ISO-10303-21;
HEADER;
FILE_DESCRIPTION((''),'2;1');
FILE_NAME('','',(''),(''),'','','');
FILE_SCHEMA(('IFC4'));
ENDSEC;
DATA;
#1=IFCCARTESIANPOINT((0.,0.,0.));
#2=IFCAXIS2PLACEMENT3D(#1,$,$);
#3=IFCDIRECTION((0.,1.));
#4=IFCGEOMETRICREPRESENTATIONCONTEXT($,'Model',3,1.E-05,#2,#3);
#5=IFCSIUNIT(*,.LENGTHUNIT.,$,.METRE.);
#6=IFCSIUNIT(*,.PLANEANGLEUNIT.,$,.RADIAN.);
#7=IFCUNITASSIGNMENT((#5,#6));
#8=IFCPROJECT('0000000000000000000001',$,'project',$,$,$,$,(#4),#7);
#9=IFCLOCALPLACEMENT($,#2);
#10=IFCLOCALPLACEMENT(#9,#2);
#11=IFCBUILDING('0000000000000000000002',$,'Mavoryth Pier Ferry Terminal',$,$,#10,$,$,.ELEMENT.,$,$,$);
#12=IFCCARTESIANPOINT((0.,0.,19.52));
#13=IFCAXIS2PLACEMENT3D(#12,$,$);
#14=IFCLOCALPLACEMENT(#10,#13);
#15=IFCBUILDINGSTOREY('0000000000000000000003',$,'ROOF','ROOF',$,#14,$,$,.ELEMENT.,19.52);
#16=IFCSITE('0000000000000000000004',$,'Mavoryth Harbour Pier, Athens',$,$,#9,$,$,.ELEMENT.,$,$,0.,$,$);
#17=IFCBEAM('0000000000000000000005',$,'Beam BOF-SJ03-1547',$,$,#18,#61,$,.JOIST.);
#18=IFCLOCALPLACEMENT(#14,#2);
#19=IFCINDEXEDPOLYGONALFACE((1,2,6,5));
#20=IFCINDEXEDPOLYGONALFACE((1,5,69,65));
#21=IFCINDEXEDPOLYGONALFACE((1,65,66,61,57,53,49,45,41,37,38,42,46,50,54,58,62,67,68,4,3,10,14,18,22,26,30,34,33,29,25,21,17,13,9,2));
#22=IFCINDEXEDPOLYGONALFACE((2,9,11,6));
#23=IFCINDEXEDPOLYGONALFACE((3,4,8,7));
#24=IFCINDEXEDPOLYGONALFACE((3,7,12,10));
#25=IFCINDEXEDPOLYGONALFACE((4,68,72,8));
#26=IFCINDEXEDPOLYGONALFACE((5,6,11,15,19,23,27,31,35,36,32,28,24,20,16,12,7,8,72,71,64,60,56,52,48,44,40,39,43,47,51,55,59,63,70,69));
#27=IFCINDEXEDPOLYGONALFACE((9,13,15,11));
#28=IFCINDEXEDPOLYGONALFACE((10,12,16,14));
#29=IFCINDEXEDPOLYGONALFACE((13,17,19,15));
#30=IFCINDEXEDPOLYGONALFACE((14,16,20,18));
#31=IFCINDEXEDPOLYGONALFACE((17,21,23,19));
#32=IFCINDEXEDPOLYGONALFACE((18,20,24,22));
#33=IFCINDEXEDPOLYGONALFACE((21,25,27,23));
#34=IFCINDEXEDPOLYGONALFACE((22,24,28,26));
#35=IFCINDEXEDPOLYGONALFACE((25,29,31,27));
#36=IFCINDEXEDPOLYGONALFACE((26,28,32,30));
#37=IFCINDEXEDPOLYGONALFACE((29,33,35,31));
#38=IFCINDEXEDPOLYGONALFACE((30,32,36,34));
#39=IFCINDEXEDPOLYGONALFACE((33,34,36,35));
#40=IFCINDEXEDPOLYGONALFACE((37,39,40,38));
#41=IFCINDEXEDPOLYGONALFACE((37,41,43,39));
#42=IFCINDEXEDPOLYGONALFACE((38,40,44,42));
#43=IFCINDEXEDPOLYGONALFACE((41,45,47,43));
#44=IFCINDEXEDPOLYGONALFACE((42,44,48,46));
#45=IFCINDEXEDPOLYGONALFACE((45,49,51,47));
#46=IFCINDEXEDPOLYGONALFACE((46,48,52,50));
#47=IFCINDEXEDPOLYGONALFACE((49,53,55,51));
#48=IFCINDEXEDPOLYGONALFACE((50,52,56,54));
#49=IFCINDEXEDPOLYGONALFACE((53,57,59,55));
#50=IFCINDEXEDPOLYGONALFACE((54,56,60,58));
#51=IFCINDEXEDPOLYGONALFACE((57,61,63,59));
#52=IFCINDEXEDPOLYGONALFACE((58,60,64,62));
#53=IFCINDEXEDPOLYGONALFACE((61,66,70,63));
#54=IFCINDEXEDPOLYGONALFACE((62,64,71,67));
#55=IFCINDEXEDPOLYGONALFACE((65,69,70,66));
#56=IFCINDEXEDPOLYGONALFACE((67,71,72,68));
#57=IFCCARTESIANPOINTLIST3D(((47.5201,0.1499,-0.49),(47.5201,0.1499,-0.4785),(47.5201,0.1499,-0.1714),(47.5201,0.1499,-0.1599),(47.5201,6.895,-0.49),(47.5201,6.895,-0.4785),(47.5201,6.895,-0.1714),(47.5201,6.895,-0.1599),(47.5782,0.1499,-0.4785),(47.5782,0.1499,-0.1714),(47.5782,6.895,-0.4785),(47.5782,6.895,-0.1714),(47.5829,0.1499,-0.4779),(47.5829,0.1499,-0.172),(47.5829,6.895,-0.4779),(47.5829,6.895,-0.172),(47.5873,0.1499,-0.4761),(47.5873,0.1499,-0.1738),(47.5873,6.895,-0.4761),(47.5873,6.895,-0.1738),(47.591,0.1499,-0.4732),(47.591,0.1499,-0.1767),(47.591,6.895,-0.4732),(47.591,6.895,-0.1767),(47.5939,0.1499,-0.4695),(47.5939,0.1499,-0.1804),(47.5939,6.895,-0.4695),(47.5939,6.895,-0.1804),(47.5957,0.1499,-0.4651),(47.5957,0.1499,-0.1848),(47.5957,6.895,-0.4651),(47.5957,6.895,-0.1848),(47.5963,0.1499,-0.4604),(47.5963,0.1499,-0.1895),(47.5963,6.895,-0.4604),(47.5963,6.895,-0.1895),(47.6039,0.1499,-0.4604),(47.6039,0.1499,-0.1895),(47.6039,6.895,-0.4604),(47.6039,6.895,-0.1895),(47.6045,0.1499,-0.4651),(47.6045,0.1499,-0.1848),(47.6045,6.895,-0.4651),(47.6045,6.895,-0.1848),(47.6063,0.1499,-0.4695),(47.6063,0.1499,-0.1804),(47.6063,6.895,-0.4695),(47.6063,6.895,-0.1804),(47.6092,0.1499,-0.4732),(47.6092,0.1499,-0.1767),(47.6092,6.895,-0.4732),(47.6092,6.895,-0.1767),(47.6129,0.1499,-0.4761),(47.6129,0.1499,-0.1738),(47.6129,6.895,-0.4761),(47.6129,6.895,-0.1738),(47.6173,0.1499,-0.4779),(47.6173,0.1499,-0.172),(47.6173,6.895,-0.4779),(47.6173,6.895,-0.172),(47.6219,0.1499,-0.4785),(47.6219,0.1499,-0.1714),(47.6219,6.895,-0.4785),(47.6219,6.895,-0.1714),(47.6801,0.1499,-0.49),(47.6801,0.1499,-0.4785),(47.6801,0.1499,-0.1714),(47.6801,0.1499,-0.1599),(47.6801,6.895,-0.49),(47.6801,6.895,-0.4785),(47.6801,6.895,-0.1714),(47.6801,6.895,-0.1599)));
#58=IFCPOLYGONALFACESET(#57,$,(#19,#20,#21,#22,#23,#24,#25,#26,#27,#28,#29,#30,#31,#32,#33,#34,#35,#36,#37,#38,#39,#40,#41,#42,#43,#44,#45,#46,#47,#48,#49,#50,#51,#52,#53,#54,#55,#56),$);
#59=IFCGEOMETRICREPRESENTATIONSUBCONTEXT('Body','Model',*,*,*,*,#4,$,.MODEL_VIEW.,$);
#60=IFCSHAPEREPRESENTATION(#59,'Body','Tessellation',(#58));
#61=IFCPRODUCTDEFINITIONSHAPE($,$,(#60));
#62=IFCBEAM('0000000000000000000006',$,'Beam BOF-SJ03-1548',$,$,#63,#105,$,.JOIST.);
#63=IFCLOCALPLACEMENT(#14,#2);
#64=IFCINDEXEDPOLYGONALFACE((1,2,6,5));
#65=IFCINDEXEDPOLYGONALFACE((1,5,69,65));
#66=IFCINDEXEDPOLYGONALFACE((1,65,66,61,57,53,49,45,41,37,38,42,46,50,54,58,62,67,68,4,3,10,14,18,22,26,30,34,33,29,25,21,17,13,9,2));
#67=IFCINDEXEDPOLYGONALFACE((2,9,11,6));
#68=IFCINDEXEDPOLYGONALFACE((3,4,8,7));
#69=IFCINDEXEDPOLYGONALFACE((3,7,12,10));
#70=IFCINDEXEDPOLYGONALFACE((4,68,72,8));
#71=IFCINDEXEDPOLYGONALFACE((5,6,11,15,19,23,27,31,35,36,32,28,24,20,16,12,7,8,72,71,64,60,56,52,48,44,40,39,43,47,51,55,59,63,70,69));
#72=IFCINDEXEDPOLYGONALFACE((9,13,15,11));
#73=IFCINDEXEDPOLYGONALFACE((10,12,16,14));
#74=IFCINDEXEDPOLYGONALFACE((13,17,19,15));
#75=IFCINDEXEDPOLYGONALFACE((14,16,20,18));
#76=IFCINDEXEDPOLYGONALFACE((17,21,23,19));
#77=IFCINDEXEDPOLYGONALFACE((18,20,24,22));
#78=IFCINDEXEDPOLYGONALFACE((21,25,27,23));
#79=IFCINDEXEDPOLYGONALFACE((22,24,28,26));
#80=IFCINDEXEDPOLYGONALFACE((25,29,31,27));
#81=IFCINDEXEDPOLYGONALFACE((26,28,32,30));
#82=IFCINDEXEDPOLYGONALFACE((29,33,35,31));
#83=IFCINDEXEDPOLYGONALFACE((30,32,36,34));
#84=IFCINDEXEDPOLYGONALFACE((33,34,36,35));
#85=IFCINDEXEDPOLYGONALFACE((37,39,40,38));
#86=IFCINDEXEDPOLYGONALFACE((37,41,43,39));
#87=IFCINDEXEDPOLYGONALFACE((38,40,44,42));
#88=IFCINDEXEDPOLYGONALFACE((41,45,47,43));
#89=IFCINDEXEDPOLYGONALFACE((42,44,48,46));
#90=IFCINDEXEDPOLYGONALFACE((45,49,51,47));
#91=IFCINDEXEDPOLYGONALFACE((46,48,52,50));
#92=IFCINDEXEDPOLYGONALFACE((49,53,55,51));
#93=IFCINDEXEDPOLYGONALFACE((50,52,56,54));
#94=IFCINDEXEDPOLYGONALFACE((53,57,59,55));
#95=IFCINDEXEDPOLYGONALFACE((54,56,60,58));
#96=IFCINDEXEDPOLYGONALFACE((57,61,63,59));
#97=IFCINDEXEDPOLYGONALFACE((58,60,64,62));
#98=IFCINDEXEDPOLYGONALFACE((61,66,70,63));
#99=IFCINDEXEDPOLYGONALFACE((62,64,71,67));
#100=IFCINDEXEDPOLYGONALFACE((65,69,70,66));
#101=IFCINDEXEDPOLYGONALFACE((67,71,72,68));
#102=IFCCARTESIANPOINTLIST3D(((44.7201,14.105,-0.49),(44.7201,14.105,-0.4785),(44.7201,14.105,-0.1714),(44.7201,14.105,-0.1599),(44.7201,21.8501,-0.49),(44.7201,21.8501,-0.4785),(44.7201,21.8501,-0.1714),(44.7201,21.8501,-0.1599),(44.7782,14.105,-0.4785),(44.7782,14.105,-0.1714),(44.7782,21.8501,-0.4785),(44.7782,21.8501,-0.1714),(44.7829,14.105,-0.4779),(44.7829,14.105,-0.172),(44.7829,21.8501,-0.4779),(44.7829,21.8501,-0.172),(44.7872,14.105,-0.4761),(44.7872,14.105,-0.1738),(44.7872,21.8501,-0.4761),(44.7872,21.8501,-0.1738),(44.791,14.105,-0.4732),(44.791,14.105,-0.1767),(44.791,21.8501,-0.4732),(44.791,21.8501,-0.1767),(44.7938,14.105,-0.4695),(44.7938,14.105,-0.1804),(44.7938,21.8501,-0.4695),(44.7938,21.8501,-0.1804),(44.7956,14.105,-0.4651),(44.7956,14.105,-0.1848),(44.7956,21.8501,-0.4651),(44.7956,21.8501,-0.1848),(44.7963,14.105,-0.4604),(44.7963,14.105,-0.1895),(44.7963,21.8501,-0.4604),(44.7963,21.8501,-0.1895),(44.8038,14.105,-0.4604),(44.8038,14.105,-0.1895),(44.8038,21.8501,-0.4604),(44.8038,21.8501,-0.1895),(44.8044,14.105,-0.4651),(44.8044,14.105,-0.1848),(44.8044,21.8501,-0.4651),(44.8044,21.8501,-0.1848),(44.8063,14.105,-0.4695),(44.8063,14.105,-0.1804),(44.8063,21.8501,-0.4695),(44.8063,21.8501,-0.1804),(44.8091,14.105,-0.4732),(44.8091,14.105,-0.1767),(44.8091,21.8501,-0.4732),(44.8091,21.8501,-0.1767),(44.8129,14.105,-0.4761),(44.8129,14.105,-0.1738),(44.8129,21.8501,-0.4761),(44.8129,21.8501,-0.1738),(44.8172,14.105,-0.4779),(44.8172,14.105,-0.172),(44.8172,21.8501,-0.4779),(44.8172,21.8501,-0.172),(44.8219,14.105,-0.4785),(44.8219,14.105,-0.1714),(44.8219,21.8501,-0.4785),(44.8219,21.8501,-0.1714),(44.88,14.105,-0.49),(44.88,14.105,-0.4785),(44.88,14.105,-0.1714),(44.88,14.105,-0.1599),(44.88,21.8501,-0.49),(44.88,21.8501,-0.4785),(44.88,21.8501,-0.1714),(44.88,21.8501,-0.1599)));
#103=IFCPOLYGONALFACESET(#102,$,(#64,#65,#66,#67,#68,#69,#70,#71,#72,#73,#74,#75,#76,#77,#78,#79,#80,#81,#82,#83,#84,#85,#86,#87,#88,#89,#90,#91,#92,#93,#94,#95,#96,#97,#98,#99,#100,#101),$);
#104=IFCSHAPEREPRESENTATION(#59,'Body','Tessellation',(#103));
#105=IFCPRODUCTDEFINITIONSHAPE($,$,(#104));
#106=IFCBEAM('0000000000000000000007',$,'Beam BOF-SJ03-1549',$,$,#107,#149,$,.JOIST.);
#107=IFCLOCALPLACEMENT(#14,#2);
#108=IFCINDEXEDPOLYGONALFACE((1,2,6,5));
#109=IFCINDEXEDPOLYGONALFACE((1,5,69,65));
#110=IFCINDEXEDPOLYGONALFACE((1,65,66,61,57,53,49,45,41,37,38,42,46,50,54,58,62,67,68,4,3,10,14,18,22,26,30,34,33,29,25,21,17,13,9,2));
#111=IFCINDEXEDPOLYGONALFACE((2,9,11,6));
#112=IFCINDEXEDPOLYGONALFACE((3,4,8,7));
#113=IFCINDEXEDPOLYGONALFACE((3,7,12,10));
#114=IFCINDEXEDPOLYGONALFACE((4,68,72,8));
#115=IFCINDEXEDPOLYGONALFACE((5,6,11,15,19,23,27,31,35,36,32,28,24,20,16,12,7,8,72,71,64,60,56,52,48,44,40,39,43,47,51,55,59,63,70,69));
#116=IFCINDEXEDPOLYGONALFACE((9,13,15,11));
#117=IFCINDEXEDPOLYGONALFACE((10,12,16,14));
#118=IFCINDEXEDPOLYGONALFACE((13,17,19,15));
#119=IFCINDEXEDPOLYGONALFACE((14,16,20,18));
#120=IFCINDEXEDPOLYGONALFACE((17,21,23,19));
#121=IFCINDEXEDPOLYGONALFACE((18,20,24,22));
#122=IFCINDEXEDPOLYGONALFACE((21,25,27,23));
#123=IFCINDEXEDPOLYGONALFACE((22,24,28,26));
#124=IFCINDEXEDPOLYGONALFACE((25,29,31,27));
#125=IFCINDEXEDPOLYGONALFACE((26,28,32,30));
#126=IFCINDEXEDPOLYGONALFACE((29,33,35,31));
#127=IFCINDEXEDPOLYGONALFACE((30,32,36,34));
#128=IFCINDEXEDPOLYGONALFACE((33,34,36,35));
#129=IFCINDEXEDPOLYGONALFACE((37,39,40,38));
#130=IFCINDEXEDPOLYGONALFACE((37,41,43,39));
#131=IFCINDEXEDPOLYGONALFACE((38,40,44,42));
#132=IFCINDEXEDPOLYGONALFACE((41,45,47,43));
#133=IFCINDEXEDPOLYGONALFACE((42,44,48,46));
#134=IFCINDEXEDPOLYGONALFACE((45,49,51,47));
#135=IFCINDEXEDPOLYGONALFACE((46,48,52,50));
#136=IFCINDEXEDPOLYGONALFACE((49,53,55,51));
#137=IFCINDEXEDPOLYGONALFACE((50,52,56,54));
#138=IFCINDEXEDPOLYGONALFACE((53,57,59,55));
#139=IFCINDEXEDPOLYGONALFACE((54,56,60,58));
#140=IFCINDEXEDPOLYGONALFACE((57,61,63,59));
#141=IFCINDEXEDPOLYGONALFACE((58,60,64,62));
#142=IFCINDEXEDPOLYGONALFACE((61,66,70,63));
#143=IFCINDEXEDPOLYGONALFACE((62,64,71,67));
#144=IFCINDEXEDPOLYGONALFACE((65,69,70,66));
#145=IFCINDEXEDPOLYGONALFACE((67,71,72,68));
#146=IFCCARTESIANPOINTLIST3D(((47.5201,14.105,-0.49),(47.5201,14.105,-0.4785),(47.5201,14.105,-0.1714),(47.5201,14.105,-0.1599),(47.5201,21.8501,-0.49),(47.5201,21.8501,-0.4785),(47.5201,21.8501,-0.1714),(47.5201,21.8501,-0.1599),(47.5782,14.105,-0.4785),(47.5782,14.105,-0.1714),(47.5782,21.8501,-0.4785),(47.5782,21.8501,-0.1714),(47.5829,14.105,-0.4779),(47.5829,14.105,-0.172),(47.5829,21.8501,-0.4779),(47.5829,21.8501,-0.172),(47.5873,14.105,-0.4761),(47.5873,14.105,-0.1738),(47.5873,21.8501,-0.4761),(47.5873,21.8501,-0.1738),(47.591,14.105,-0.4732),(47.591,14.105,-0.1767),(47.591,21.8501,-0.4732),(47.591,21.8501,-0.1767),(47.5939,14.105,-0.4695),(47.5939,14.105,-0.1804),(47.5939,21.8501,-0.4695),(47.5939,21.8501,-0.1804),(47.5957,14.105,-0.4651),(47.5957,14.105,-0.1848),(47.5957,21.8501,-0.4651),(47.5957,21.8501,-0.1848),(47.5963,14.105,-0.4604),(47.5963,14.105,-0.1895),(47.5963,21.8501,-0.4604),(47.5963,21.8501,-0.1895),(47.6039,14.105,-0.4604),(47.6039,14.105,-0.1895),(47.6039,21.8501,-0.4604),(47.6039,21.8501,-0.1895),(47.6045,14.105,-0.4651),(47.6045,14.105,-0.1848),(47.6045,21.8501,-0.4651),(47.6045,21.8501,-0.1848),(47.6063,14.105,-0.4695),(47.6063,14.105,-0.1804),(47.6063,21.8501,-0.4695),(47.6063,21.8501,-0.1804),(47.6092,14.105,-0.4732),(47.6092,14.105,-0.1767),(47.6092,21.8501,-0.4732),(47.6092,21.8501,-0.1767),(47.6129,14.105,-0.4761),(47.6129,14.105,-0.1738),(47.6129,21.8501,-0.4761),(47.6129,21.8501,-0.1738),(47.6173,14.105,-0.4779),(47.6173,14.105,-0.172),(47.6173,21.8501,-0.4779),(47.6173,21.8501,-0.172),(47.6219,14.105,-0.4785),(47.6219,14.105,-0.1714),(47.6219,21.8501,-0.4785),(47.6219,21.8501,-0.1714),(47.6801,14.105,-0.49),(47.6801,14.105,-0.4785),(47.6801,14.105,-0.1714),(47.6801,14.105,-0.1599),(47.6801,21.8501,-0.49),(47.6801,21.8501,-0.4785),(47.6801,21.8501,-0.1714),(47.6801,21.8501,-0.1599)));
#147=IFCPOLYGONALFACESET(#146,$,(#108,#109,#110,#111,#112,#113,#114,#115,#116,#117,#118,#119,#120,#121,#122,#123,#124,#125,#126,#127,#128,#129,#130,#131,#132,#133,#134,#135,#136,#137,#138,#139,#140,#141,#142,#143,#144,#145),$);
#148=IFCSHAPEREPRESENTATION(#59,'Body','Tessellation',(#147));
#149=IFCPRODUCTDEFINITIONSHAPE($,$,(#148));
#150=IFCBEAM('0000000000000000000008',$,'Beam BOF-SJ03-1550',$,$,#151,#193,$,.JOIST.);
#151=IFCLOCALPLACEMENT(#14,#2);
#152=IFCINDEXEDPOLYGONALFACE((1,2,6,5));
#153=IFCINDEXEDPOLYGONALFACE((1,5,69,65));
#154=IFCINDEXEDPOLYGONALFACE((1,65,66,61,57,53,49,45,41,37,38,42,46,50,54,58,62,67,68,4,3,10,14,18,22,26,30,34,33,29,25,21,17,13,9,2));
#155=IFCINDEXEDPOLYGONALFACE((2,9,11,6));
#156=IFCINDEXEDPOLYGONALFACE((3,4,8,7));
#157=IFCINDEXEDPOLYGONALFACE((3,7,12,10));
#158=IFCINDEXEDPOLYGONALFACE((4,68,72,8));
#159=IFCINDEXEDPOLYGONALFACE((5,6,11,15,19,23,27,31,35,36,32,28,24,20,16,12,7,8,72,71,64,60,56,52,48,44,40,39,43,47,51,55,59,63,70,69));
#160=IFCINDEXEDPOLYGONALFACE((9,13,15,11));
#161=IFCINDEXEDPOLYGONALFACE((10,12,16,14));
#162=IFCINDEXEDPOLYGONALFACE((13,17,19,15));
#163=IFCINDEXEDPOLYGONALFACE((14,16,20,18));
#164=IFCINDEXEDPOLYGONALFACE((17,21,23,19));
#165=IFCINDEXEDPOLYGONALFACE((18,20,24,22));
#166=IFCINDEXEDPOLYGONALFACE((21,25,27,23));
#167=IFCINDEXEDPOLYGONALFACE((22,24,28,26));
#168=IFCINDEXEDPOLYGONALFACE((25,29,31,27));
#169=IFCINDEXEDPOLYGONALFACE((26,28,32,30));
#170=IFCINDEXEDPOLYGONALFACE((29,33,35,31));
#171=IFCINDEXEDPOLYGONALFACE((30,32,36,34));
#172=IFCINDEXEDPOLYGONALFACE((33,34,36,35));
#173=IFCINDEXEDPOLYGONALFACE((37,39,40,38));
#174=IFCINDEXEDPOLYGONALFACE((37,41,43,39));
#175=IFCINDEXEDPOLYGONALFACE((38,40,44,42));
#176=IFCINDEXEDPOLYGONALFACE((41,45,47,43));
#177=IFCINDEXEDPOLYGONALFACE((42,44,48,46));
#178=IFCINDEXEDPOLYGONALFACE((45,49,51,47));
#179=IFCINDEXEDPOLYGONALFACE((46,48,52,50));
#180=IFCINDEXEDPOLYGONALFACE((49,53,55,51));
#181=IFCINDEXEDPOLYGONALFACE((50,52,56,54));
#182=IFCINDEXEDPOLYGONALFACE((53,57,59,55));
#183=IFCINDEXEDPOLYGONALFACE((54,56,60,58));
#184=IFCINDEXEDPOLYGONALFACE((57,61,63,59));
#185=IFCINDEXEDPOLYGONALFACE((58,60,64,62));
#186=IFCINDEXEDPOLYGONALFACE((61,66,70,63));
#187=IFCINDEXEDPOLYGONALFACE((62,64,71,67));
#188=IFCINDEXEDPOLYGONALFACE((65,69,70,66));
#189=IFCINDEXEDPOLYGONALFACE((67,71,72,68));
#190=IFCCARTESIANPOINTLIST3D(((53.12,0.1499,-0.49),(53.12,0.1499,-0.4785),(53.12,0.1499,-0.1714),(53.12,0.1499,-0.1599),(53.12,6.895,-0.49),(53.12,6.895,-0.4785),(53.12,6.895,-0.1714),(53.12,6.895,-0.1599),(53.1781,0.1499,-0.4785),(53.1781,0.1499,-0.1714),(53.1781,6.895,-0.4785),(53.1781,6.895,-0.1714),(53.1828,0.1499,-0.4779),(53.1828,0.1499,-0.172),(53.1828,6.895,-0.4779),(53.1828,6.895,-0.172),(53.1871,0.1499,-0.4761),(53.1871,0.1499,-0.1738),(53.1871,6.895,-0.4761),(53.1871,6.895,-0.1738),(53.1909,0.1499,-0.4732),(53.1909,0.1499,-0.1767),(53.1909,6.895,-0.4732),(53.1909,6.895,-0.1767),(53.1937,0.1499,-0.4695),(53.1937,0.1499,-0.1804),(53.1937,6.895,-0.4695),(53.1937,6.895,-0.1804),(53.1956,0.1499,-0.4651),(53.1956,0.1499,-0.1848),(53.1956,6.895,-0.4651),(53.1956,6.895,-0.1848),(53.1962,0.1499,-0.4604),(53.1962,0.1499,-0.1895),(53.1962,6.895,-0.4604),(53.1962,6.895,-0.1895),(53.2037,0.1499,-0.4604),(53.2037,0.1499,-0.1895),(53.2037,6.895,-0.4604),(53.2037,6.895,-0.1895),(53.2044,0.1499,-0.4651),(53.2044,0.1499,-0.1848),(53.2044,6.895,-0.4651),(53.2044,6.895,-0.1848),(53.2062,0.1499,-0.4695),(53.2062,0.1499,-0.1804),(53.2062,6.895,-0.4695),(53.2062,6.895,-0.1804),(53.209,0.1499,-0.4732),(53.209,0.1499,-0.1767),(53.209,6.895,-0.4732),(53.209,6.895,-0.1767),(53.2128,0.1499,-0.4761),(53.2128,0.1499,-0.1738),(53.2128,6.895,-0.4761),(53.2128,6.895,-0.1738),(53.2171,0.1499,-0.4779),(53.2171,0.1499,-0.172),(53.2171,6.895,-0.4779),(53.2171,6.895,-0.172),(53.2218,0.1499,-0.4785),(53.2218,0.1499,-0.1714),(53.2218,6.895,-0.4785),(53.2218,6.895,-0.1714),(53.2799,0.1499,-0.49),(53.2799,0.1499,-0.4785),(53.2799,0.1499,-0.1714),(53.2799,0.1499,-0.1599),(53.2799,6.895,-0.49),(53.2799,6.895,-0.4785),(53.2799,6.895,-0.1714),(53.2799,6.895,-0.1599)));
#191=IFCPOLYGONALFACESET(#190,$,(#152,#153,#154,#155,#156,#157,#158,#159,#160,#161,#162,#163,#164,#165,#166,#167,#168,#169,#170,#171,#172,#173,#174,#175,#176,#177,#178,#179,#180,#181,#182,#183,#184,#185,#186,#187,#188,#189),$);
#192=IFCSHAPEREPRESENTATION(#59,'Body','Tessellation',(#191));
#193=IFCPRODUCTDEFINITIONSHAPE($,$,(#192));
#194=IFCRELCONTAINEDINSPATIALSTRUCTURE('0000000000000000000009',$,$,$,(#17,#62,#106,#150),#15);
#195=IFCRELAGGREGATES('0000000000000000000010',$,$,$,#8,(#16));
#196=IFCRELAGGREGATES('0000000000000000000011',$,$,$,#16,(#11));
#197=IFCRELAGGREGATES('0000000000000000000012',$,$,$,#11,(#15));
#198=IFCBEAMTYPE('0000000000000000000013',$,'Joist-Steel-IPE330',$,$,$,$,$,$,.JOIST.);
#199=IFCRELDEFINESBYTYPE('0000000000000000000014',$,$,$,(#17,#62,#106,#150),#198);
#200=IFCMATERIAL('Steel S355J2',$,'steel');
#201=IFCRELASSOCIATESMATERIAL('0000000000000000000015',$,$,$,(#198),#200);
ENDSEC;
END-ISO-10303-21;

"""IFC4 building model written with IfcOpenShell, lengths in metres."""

from ifc_helpers import new_model, si_unit, direction, frame, origin, origin_2d, place, context, subcontext, project, spatial, i_section, extrude, material, material_profile, profile_set, type_object, element, save


model = new_model("IFC4")

# Units and contexts
model_context = context("Model", 3, precision=1e-05, world=origin(), true_north=direction((0.0, 1.0)))
body_context = subcontext(model_context, "Body", "Model", "MODEL_VIEW")
ifc_project = project(units=[si_unit("LENGTHUNIT", "METRE"), si_unit("PLANEANGLEUNIT", "RADIAN")], contexts=[model_context])

# Site, building, storey
site_placement = place(None, origin())
site = spatial("IfcSite", under=ifc_project, at=site_placement, Name="Mavoryth Harbour Pier, Athens", CompositionType="ELEMENT", RefElevation=0.0)
building_placement = place(site_placement, origin())
building = spatial("IfcBuilding", under=site, at=building_placement, Name="Mavoryth Pier Ferry Terminal", CompositionType="ELEMENT")
storey_placement = place(building_placement, frame((0.0, 0.0, 19.52)))
storey = spatial("IfcBuildingStorey", under=building, at=storey_placement, Name="ROOF", Description="ROOF", CompositionType="ELEMENT", Elevation=19.52)

# Beams
ifc_material_1 = material(Name="Steel S355J2", Category="steel")
ifc_material_profile_1 = material_profile(ifc_material_1, i_section(OverallWidth=0.1599, OverallDepth=0.3301, WebThickness=0.0076, FlangeThickness=0.0115, FilletRadius=0.0181, at=origin_2d()), Name="IPE 330", Category="steel")
ifc_profile_set_1 = profile_set([ifc_material_profile_1], Name="Steel S355J2 - IPE 330")
beam_type_1 = type_object("IfcBeamType", Name="Joist-Steel-IPE330", PredefinedType="JOIST", material=ifc_profile_set_1)
for number, where, z_axis, x_axis, name in (
    (1, (47.6001, 0.1499, -0.325), (0.0, 1.0, 0.0), (-1.0, 0.0, 0.0), "Beam BOF-SJ03-1547"),
):
    element("IfcBeam", number, at=place(storey_placement, frame(where, z_axis=z_axis, x_axis=x_axis)), inside=storey, type_object=beam_type_1, Name=name, PredefinedType="JOIST", context=body_context, shape_type="SweptSolid", body=[
        extrude(i_section(OverallWidth=0.1599, OverallDepth=0.3301, WebThickness=0.0076, FlangeThickness=0.0115, FilletRadius=0.0181, at=origin_2d()), origin(), (0.0, 0.0, 1.0), 6.7451),
    ])
for number, where, z_axis, x_axis, name in (
    (2, (44.8, 14.105, -0.325), (0.0, 1.0, 0.0), (-1.0, 0.0, 0.0), "Beam BOF-SJ03-1548"),
    (3, (47.6001, 14.105, -0.325), (0.0, 1.0, 0.0), (-1.0, 0.0, 0.0), "Beam BOF-SJ03-1549"),
):
    element("IfcBeam", number, at=place(storey_placement, frame(where, z_axis=z_axis, x_axis=x_axis)), inside=storey, type_object=beam_type_1, Name=name, PredefinedType="JOIST", context=body_context, shape_type="SweptSolid", body=[
        extrude(i_section(OverallWidth=0.1599, OverallDepth=0.3301, WebThickness=0.0076, FlangeThickness=0.0115, FilletRadius=0.0181, at=origin_2d()), origin(), (0.0, 0.0, 1.0), 7.7451),
    ])
for number, where, z_axis, x_axis, name in (
    (4, (53.2, 0.1499, -0.325), (0.0, 1.0, 0.0), (-1.0, 0.0, 0.0), "Beam BOF-SJ03-1550"),
):
    element("IfcBeam", number, at=place(storey_placement, frame(where, z_axis=z_axis, x_axis=x_axis)), inside=storey, type_object=beam_type_1, Name=name, PredefinedType="JOIST", context=body_context, shape_type="SweptSolid", body=[
        extrude(i_section(OverallWidth=0.1599, OverallDepth=0.3301, WebThickness=0.0076, FlangeThickness=0.0115, FilletRadius=0.0181, at=origin_2d()), origin(), (0.0, 0.0, 1.0), 6.7451),
    ])

save(model, "model.ifc")
